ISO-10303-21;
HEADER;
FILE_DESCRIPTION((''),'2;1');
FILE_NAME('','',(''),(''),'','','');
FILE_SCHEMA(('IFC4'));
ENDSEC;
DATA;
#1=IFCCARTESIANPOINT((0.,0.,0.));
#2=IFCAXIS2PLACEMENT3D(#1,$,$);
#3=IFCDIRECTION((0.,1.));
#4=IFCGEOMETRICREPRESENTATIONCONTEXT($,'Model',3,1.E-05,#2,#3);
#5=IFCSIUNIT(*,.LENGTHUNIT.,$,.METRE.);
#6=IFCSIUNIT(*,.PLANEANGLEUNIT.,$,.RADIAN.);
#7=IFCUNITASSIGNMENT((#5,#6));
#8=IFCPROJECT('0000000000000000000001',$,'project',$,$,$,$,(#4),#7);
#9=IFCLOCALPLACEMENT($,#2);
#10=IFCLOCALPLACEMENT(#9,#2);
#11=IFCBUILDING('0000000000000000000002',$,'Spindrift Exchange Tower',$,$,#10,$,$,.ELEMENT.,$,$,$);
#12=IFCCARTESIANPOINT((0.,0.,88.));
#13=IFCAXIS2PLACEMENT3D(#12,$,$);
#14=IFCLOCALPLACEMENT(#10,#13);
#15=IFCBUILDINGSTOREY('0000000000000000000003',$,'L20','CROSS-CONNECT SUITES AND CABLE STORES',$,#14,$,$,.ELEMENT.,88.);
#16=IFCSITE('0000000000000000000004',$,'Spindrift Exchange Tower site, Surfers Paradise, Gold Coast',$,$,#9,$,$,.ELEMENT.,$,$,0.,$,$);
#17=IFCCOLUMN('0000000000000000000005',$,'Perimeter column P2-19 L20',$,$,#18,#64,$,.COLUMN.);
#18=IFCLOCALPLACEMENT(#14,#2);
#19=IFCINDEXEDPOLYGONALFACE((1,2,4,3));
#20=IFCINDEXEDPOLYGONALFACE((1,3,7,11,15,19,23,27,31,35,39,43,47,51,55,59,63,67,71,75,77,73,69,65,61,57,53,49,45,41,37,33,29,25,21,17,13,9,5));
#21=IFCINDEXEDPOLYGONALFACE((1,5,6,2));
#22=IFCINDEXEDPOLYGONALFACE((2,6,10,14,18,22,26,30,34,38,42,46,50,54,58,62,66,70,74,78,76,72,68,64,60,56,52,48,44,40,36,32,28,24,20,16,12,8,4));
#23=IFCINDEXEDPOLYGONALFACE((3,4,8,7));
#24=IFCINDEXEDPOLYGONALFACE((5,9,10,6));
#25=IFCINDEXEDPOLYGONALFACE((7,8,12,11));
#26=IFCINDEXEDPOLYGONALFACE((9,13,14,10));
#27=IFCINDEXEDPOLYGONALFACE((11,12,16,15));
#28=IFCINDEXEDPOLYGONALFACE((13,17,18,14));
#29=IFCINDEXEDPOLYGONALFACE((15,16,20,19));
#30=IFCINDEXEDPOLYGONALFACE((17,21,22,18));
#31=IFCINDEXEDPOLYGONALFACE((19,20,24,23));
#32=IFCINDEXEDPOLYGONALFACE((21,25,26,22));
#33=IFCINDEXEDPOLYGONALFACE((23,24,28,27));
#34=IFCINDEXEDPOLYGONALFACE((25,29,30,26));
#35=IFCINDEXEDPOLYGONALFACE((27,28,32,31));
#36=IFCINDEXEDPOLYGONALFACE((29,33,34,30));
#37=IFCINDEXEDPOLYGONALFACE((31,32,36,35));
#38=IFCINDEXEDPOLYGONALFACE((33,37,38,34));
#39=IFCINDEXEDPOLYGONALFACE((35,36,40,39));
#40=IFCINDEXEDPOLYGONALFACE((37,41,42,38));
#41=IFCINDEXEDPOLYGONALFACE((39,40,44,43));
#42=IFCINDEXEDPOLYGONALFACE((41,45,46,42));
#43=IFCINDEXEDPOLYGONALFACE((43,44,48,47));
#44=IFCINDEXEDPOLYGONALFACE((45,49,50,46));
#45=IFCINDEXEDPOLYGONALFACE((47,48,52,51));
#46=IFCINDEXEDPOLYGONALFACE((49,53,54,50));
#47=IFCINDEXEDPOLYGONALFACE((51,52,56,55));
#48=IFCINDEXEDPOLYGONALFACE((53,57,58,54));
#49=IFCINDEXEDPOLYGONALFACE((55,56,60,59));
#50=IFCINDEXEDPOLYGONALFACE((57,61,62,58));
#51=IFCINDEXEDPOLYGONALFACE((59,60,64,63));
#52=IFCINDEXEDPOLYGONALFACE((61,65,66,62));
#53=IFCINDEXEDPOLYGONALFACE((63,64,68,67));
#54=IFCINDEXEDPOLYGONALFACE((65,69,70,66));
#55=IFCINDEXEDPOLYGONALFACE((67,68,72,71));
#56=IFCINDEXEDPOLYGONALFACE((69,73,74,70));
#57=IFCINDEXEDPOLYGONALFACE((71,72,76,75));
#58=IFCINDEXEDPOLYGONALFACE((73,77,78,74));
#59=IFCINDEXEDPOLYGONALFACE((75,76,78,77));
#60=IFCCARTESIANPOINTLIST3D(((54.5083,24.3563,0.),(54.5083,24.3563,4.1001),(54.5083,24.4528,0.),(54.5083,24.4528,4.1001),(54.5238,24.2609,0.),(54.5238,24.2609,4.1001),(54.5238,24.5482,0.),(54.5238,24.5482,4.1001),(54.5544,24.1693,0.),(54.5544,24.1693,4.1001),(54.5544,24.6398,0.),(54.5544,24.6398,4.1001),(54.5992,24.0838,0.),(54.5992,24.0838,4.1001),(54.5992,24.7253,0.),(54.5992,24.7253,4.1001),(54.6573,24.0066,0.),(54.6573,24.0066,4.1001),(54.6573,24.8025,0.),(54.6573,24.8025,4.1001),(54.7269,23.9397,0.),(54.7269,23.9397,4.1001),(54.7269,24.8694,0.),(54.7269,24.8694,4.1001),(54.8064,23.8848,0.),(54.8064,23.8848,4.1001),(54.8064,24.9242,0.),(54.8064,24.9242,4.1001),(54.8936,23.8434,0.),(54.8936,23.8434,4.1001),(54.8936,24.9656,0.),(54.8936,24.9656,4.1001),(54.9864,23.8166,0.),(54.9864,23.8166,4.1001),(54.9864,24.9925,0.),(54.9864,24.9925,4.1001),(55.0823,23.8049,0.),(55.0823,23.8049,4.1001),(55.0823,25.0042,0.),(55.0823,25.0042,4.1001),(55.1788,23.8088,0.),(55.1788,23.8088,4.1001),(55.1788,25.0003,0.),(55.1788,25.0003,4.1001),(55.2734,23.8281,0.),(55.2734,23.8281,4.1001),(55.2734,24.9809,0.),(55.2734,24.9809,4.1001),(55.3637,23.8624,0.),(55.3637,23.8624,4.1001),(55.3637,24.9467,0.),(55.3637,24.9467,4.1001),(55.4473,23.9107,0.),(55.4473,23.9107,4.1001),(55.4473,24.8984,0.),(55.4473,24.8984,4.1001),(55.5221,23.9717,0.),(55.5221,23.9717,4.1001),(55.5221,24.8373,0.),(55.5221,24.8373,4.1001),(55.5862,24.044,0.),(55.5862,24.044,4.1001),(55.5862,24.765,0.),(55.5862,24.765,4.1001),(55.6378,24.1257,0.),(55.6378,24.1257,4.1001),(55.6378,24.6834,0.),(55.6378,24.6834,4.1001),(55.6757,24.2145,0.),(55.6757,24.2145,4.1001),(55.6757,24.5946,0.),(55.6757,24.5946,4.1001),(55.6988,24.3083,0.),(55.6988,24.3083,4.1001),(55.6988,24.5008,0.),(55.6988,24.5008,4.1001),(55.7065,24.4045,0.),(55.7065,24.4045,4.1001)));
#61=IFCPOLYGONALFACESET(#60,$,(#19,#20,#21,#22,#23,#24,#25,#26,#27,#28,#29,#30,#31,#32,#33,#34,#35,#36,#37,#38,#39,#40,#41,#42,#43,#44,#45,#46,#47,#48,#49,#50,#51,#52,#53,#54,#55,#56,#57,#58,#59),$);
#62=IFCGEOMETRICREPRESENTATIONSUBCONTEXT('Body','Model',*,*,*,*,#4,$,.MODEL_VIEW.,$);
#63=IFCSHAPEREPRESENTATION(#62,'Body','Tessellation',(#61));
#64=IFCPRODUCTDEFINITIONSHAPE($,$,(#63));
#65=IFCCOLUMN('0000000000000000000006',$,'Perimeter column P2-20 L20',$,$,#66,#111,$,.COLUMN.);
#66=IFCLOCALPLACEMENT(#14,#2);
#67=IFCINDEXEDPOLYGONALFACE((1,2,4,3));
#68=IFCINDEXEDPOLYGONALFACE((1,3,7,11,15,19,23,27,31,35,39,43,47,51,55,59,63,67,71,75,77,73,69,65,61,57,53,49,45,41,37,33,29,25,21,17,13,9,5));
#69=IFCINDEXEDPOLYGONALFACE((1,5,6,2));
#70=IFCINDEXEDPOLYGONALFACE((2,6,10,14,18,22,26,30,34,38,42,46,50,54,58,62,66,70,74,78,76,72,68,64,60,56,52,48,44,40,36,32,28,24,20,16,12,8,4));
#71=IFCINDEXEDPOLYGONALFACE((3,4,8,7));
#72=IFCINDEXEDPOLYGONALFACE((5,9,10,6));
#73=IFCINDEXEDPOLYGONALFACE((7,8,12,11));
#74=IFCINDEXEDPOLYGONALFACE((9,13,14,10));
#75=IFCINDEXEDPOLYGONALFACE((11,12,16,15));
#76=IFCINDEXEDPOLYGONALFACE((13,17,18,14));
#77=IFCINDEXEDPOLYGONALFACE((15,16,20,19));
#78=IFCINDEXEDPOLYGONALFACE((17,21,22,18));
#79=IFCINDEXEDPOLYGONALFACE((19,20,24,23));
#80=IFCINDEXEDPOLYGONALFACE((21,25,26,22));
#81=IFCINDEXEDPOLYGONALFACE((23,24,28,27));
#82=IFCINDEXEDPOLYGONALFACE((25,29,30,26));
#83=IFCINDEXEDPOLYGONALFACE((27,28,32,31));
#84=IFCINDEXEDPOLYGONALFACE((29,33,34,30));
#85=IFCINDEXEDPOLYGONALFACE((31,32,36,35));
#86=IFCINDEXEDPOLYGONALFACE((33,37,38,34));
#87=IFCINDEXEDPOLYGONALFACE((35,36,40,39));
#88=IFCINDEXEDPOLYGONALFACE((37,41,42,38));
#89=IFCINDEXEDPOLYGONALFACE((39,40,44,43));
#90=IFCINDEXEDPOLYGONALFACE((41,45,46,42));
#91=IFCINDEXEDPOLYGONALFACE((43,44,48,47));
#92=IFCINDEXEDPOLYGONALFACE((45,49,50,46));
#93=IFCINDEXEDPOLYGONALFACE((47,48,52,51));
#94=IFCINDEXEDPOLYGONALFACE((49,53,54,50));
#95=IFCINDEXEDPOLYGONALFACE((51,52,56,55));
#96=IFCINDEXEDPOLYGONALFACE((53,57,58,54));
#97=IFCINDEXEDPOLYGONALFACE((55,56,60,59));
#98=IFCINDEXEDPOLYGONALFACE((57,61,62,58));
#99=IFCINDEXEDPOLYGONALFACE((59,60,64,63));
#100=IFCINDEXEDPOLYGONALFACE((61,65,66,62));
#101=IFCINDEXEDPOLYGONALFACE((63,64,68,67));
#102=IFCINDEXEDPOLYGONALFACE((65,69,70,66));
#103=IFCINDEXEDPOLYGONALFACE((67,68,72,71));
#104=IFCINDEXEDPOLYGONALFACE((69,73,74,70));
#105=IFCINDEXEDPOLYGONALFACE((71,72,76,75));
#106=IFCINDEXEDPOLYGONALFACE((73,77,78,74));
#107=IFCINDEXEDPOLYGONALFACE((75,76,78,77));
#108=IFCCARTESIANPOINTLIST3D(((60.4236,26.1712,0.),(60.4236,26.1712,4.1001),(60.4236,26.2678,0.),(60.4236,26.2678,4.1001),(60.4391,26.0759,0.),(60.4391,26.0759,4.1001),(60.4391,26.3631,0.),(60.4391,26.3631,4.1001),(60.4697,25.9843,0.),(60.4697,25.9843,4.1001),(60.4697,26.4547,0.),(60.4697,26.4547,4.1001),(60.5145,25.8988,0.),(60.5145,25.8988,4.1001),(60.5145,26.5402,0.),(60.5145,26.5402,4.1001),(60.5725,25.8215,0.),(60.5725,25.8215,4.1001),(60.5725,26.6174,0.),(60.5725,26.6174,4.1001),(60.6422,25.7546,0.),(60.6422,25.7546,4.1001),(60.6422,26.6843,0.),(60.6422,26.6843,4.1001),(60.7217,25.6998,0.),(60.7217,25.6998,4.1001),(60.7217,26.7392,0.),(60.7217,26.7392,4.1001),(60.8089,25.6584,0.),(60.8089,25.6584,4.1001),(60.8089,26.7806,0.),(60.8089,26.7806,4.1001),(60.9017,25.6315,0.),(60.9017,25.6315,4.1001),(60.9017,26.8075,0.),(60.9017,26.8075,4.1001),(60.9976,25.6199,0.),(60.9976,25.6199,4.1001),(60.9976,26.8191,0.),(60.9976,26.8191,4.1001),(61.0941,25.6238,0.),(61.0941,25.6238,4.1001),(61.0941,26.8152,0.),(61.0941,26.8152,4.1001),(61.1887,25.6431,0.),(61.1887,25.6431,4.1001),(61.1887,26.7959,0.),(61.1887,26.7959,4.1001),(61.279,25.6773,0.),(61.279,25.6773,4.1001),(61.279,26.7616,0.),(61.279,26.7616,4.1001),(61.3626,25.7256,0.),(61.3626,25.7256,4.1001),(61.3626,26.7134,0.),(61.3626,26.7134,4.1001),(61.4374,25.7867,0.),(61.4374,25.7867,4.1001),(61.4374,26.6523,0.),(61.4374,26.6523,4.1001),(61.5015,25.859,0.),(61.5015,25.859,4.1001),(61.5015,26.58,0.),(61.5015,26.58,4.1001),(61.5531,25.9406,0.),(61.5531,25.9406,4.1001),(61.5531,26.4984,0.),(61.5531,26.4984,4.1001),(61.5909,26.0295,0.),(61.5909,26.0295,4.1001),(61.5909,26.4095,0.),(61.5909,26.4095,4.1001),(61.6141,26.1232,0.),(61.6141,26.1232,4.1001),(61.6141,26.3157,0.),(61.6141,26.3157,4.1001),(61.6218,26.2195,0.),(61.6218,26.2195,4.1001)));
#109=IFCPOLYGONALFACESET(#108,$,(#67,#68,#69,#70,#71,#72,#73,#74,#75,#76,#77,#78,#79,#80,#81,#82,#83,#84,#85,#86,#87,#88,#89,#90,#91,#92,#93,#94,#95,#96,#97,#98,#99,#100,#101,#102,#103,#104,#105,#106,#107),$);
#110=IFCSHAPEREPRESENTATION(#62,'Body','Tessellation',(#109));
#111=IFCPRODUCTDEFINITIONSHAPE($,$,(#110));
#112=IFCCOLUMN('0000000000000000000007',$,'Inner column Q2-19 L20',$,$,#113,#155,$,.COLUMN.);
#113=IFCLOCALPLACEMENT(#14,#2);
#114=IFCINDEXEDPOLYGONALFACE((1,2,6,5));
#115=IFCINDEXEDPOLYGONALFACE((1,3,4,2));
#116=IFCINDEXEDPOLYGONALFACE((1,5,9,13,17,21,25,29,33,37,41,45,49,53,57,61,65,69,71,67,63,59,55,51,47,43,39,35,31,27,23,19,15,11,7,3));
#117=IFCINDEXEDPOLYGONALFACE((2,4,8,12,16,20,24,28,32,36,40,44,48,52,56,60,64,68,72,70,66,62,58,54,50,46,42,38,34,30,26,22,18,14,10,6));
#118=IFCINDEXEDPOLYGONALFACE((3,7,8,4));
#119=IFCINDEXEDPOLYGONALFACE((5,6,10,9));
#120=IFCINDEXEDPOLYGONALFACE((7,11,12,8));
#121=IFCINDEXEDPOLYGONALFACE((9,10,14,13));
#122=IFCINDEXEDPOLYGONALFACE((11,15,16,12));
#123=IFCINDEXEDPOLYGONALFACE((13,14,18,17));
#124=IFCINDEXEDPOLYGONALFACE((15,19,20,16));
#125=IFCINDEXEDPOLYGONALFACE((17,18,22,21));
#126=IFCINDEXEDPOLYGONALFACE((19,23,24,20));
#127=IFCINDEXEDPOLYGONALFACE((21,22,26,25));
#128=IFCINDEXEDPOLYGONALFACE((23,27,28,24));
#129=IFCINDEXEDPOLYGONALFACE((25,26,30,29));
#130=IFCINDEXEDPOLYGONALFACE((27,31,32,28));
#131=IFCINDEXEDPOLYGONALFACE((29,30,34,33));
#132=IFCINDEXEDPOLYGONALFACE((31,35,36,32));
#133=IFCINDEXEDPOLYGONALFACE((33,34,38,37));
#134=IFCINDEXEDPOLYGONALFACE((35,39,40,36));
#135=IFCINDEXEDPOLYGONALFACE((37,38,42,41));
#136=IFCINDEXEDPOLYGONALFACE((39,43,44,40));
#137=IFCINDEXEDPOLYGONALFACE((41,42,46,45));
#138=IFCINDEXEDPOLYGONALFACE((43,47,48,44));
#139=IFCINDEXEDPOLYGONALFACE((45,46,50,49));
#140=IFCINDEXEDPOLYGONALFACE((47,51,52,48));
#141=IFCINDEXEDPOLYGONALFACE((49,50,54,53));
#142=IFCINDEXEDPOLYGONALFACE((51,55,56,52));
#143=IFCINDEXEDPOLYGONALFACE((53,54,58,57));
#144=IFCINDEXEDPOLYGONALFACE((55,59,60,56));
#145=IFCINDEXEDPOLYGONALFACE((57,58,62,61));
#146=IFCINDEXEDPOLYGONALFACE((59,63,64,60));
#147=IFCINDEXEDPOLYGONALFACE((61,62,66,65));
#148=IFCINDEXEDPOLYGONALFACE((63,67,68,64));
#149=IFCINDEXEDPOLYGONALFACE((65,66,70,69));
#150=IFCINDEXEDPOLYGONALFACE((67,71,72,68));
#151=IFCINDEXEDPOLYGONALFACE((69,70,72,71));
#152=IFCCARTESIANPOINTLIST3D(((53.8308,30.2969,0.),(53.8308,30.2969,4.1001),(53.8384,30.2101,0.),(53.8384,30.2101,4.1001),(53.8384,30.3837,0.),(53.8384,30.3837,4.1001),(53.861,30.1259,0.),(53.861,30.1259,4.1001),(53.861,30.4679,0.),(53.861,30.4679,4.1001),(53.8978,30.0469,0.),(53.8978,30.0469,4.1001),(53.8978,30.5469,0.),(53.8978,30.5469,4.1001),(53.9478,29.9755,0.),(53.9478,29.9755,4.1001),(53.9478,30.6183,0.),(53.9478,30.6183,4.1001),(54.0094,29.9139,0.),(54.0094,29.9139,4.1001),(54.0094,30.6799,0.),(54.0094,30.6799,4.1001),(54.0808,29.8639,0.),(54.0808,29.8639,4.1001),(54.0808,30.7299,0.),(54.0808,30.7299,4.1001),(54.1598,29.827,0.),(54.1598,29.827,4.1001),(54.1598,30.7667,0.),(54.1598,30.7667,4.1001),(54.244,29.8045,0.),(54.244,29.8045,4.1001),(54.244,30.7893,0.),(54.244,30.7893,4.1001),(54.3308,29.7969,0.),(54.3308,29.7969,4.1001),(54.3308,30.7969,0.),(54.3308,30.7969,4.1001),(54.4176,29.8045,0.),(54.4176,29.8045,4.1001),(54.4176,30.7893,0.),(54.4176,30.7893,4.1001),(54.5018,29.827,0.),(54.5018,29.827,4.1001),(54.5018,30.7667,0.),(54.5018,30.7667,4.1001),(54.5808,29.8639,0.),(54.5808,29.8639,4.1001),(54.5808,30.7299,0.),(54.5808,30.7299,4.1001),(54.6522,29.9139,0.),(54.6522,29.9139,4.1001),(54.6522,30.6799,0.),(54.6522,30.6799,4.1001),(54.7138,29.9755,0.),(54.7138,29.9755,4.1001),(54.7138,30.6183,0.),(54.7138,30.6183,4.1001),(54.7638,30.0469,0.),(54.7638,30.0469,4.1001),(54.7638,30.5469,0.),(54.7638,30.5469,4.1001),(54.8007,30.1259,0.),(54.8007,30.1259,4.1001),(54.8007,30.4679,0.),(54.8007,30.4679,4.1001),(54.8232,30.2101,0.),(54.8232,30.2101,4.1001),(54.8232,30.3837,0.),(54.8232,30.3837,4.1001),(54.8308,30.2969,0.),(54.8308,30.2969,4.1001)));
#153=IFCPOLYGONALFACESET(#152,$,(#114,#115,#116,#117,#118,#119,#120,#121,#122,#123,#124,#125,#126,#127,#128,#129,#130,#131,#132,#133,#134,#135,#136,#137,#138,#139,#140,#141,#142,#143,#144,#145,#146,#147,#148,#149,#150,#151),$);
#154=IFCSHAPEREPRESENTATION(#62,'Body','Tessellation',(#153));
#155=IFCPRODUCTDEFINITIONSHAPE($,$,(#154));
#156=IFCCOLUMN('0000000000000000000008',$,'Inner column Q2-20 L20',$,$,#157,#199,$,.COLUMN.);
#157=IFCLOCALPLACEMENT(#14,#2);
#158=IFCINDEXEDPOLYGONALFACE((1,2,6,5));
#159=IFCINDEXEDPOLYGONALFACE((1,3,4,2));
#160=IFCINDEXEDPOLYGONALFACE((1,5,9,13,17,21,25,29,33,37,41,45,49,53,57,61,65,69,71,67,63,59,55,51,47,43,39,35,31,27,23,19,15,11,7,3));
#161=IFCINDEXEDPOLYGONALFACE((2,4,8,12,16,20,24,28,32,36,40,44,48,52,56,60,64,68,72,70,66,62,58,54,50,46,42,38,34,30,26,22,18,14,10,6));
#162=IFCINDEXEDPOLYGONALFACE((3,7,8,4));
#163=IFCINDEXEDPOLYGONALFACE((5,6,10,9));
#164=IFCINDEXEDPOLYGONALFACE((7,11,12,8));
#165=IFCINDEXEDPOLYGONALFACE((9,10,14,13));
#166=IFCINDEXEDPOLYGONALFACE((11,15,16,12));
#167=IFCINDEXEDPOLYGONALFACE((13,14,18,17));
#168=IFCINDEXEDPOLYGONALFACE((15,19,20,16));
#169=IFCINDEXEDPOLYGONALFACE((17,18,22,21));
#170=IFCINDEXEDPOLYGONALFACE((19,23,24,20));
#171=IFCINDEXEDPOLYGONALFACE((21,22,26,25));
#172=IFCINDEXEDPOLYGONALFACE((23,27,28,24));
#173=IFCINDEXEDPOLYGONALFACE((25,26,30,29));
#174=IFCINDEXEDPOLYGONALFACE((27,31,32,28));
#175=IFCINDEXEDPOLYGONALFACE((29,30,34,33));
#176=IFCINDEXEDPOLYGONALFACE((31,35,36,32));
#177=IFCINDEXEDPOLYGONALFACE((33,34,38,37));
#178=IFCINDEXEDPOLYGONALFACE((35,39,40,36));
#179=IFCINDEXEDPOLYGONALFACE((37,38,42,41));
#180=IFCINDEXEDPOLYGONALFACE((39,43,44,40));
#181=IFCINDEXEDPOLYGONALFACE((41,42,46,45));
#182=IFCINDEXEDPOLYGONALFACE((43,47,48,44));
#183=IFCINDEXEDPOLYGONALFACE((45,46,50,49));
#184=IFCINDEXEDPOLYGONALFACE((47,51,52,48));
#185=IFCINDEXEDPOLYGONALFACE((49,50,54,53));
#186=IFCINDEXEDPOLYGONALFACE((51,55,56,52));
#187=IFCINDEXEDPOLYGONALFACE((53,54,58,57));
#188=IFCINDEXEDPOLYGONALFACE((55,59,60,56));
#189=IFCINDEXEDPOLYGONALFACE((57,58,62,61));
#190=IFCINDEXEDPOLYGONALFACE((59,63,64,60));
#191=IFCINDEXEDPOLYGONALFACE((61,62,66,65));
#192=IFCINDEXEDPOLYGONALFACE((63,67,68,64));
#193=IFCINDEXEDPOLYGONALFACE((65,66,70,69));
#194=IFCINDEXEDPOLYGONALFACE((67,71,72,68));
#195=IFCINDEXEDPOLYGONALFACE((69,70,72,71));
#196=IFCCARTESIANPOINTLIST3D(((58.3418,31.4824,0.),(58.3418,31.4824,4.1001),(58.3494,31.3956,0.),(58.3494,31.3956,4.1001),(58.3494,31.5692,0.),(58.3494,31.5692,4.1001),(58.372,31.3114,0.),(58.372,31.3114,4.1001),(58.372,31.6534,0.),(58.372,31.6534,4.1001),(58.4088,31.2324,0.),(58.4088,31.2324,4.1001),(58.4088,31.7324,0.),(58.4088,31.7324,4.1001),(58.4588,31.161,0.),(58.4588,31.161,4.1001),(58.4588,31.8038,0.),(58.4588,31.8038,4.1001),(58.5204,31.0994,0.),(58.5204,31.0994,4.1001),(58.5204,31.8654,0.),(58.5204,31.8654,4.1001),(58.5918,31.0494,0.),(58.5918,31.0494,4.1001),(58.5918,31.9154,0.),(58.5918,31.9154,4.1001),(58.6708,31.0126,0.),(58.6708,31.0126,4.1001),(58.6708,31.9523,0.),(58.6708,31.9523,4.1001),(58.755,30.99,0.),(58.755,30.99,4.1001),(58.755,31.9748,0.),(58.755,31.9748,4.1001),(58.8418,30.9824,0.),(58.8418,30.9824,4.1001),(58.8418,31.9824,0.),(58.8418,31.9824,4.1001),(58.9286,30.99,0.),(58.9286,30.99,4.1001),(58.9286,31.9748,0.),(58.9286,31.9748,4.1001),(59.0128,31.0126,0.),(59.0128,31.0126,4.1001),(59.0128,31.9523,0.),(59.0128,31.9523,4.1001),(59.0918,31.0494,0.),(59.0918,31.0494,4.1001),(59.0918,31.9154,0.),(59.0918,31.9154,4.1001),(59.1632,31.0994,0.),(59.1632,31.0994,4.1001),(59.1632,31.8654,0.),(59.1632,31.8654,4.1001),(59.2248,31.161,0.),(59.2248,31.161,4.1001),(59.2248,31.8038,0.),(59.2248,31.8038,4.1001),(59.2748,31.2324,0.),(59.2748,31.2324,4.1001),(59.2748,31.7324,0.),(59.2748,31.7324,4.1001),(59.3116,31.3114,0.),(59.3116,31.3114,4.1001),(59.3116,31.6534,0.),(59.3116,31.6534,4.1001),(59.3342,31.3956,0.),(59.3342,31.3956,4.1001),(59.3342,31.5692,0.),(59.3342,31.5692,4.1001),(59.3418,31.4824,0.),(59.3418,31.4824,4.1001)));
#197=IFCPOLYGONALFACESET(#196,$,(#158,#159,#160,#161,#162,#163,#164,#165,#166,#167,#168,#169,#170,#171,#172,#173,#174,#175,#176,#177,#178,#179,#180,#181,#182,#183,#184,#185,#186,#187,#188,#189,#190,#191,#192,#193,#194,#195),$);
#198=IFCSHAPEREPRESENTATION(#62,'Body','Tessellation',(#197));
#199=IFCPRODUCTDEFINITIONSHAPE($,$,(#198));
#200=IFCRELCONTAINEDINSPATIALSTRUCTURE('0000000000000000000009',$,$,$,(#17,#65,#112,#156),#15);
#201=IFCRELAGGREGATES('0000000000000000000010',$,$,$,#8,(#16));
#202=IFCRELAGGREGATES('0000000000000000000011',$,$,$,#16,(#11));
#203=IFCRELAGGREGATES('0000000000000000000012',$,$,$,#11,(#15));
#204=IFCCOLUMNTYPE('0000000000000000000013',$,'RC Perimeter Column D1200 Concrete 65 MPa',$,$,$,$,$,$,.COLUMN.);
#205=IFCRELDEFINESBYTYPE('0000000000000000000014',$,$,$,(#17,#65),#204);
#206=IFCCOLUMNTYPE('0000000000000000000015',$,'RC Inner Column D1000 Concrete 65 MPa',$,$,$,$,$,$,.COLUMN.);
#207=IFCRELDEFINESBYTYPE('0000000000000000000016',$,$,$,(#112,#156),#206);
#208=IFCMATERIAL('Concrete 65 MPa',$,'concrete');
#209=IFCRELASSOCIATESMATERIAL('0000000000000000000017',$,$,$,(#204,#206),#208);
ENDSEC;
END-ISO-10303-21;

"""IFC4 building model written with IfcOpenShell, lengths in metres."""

from ifc_helpers import new_model, si_unit, direction, frame, origin, origin_2d, place, context, subcontext, project, spatial, circle, extrude, source, transform, mapped, material, material_profile, profile_set, type_object, element, save


model = new_model("IFC4")

# Units and contexts
model_context = context("Model", 3, precision=1e-05, world=origin(), true_north=direction((0.0, 1.0)))
body_context = subcontext(model_context, "Body", "Model", "MODEL_VIEW")
ifc_project = project(units=[si_unit("LENGTHUNIT", "METRE"), si_unit("PLANEANGLEUNIT", "RADIAN")], contexts=[model_context])

# Site, building, storey
site_placement = place(None, origin())
site = spatial("IfcSite", under=ifc_project, at=site_placement, Name="Spindrift Exchange Tower site, Surfers Paradise, Gold Coast", CompositionType="ELEMENT", RefElevation=0.0)
building_placement = place(site_placement, origin())
building = spatial("IfcBuilding", under=site, at=building_placement, Name="Spindrift Exchange Tower", CompositionType="ELEMENT")
storey_placement = place(building_placement, frame((0.0, 0.0, 88.0)))
storey = spatial("IfcBuildingStorey", under=building, at=storey_placement, Name="L20", Description="CROSS-CONNECT SUITES AND CABLE STORES", CompositionType="ELEMENT", Elevation=88.0)

# Columns
ifc_material_1 = material(Name="Concrete 65 MPa", Category="concrete")
ifc_material_profile_1 = material_profile(ifc_material_1, circle(Radius=0.6001, at=origin_2d()), Name="RC D1200")
ifc_profile_set_1 = profile_set([ifc_material_profile_1], Name="Concrete 65 MPa")
column_type_1 = type_object("IfcColumnType", Name="RC Perimeter Column D1200 Concrete 65 MPa", PredefinedType="COLUMN", material=ifc_profile_set_1)
shared_shape_1 = source(origin(), body_context, "Body", "SweptSolid", [
    extrude(circle(Radius=0.6001, at=origin_2d()), origin(), (0.0, 0.0, 1.0), 4.1001),
])
for number, where, z_axis, x_axis, name in (
    (1, (55.1064, 24.4045, 0.0), (0.0, 0.0, 1.0), (1.0, 0.0, 0.0), "Perimeter column P2-19 L20"),
    (2, (61.0217, 26.2195, 0.0), (0.0, 0.0, 1.0), (1.0, 0.0, 0.0), "Perimeter column P2-20 L20"),
):
    element("IfcColumn", number, at=place(storey_placement, frame(where, z_axis=z_axis, x_axis=x_axis)), inside=storey, type_object=column_type_1, Name=name, PredefinedType="COLUMN", context=body_context, shape_type="MappedRepresentation", body=[
        mapped(shared_shape_1, transform((0.0, 0.0, 0.0), scale=1.0)),
    ])
ifc_material_profile_2 = material_profile(ifc_material_1, circle(Radius=0.5, at=origin_2d()), Name="RC D1000")
ifc_profile_set_2 = profile_set([ifc_material_profile_2], Name="Concrete 65 MPa")
column_type_2 = type_object("IfcColumnType", Name="RC Inner Column D1000 Concrete 65 MPa", PredefinedType="COLUMN", material=ifc_profile_set_2)
shared_shape_2 = source(origin(), body_context, "Body", "SweptSolid", [
    extrude(circle(Radius=0.5, at=origin_2d()), origin(), (0.0, 0.0, 1.0), 4.1001),
])
for number, where, z_axis, x_axis, name in (
    (3, (54.3308, 30.2969, 0.0), (0.0, 0.0, 1.0), (1.0, 0.0, 0.0), "Inner column Q2-19 L20"),
    (4, (58.8418, 31.4824, 0.0), (0.0, 0.0, 1.0), (1.0, 0.0, 0.0), "Inner column Q2-20 L20"),
):
    element("IfcColumn", number, at=place(storey_placement, frame(where, z_axis=z_axis, x_axis=x_axis)), inside=storey, type_object=column_type_2, Name=name, PredefinedType="COLUMN", context=body_context, shape_type="MappedRepresentation", body=[
        mapped(shared_shape_2, transform((0.0, 0.0, 0.0), scale=1.0)),
    ])

save(model, "model.ifc")
